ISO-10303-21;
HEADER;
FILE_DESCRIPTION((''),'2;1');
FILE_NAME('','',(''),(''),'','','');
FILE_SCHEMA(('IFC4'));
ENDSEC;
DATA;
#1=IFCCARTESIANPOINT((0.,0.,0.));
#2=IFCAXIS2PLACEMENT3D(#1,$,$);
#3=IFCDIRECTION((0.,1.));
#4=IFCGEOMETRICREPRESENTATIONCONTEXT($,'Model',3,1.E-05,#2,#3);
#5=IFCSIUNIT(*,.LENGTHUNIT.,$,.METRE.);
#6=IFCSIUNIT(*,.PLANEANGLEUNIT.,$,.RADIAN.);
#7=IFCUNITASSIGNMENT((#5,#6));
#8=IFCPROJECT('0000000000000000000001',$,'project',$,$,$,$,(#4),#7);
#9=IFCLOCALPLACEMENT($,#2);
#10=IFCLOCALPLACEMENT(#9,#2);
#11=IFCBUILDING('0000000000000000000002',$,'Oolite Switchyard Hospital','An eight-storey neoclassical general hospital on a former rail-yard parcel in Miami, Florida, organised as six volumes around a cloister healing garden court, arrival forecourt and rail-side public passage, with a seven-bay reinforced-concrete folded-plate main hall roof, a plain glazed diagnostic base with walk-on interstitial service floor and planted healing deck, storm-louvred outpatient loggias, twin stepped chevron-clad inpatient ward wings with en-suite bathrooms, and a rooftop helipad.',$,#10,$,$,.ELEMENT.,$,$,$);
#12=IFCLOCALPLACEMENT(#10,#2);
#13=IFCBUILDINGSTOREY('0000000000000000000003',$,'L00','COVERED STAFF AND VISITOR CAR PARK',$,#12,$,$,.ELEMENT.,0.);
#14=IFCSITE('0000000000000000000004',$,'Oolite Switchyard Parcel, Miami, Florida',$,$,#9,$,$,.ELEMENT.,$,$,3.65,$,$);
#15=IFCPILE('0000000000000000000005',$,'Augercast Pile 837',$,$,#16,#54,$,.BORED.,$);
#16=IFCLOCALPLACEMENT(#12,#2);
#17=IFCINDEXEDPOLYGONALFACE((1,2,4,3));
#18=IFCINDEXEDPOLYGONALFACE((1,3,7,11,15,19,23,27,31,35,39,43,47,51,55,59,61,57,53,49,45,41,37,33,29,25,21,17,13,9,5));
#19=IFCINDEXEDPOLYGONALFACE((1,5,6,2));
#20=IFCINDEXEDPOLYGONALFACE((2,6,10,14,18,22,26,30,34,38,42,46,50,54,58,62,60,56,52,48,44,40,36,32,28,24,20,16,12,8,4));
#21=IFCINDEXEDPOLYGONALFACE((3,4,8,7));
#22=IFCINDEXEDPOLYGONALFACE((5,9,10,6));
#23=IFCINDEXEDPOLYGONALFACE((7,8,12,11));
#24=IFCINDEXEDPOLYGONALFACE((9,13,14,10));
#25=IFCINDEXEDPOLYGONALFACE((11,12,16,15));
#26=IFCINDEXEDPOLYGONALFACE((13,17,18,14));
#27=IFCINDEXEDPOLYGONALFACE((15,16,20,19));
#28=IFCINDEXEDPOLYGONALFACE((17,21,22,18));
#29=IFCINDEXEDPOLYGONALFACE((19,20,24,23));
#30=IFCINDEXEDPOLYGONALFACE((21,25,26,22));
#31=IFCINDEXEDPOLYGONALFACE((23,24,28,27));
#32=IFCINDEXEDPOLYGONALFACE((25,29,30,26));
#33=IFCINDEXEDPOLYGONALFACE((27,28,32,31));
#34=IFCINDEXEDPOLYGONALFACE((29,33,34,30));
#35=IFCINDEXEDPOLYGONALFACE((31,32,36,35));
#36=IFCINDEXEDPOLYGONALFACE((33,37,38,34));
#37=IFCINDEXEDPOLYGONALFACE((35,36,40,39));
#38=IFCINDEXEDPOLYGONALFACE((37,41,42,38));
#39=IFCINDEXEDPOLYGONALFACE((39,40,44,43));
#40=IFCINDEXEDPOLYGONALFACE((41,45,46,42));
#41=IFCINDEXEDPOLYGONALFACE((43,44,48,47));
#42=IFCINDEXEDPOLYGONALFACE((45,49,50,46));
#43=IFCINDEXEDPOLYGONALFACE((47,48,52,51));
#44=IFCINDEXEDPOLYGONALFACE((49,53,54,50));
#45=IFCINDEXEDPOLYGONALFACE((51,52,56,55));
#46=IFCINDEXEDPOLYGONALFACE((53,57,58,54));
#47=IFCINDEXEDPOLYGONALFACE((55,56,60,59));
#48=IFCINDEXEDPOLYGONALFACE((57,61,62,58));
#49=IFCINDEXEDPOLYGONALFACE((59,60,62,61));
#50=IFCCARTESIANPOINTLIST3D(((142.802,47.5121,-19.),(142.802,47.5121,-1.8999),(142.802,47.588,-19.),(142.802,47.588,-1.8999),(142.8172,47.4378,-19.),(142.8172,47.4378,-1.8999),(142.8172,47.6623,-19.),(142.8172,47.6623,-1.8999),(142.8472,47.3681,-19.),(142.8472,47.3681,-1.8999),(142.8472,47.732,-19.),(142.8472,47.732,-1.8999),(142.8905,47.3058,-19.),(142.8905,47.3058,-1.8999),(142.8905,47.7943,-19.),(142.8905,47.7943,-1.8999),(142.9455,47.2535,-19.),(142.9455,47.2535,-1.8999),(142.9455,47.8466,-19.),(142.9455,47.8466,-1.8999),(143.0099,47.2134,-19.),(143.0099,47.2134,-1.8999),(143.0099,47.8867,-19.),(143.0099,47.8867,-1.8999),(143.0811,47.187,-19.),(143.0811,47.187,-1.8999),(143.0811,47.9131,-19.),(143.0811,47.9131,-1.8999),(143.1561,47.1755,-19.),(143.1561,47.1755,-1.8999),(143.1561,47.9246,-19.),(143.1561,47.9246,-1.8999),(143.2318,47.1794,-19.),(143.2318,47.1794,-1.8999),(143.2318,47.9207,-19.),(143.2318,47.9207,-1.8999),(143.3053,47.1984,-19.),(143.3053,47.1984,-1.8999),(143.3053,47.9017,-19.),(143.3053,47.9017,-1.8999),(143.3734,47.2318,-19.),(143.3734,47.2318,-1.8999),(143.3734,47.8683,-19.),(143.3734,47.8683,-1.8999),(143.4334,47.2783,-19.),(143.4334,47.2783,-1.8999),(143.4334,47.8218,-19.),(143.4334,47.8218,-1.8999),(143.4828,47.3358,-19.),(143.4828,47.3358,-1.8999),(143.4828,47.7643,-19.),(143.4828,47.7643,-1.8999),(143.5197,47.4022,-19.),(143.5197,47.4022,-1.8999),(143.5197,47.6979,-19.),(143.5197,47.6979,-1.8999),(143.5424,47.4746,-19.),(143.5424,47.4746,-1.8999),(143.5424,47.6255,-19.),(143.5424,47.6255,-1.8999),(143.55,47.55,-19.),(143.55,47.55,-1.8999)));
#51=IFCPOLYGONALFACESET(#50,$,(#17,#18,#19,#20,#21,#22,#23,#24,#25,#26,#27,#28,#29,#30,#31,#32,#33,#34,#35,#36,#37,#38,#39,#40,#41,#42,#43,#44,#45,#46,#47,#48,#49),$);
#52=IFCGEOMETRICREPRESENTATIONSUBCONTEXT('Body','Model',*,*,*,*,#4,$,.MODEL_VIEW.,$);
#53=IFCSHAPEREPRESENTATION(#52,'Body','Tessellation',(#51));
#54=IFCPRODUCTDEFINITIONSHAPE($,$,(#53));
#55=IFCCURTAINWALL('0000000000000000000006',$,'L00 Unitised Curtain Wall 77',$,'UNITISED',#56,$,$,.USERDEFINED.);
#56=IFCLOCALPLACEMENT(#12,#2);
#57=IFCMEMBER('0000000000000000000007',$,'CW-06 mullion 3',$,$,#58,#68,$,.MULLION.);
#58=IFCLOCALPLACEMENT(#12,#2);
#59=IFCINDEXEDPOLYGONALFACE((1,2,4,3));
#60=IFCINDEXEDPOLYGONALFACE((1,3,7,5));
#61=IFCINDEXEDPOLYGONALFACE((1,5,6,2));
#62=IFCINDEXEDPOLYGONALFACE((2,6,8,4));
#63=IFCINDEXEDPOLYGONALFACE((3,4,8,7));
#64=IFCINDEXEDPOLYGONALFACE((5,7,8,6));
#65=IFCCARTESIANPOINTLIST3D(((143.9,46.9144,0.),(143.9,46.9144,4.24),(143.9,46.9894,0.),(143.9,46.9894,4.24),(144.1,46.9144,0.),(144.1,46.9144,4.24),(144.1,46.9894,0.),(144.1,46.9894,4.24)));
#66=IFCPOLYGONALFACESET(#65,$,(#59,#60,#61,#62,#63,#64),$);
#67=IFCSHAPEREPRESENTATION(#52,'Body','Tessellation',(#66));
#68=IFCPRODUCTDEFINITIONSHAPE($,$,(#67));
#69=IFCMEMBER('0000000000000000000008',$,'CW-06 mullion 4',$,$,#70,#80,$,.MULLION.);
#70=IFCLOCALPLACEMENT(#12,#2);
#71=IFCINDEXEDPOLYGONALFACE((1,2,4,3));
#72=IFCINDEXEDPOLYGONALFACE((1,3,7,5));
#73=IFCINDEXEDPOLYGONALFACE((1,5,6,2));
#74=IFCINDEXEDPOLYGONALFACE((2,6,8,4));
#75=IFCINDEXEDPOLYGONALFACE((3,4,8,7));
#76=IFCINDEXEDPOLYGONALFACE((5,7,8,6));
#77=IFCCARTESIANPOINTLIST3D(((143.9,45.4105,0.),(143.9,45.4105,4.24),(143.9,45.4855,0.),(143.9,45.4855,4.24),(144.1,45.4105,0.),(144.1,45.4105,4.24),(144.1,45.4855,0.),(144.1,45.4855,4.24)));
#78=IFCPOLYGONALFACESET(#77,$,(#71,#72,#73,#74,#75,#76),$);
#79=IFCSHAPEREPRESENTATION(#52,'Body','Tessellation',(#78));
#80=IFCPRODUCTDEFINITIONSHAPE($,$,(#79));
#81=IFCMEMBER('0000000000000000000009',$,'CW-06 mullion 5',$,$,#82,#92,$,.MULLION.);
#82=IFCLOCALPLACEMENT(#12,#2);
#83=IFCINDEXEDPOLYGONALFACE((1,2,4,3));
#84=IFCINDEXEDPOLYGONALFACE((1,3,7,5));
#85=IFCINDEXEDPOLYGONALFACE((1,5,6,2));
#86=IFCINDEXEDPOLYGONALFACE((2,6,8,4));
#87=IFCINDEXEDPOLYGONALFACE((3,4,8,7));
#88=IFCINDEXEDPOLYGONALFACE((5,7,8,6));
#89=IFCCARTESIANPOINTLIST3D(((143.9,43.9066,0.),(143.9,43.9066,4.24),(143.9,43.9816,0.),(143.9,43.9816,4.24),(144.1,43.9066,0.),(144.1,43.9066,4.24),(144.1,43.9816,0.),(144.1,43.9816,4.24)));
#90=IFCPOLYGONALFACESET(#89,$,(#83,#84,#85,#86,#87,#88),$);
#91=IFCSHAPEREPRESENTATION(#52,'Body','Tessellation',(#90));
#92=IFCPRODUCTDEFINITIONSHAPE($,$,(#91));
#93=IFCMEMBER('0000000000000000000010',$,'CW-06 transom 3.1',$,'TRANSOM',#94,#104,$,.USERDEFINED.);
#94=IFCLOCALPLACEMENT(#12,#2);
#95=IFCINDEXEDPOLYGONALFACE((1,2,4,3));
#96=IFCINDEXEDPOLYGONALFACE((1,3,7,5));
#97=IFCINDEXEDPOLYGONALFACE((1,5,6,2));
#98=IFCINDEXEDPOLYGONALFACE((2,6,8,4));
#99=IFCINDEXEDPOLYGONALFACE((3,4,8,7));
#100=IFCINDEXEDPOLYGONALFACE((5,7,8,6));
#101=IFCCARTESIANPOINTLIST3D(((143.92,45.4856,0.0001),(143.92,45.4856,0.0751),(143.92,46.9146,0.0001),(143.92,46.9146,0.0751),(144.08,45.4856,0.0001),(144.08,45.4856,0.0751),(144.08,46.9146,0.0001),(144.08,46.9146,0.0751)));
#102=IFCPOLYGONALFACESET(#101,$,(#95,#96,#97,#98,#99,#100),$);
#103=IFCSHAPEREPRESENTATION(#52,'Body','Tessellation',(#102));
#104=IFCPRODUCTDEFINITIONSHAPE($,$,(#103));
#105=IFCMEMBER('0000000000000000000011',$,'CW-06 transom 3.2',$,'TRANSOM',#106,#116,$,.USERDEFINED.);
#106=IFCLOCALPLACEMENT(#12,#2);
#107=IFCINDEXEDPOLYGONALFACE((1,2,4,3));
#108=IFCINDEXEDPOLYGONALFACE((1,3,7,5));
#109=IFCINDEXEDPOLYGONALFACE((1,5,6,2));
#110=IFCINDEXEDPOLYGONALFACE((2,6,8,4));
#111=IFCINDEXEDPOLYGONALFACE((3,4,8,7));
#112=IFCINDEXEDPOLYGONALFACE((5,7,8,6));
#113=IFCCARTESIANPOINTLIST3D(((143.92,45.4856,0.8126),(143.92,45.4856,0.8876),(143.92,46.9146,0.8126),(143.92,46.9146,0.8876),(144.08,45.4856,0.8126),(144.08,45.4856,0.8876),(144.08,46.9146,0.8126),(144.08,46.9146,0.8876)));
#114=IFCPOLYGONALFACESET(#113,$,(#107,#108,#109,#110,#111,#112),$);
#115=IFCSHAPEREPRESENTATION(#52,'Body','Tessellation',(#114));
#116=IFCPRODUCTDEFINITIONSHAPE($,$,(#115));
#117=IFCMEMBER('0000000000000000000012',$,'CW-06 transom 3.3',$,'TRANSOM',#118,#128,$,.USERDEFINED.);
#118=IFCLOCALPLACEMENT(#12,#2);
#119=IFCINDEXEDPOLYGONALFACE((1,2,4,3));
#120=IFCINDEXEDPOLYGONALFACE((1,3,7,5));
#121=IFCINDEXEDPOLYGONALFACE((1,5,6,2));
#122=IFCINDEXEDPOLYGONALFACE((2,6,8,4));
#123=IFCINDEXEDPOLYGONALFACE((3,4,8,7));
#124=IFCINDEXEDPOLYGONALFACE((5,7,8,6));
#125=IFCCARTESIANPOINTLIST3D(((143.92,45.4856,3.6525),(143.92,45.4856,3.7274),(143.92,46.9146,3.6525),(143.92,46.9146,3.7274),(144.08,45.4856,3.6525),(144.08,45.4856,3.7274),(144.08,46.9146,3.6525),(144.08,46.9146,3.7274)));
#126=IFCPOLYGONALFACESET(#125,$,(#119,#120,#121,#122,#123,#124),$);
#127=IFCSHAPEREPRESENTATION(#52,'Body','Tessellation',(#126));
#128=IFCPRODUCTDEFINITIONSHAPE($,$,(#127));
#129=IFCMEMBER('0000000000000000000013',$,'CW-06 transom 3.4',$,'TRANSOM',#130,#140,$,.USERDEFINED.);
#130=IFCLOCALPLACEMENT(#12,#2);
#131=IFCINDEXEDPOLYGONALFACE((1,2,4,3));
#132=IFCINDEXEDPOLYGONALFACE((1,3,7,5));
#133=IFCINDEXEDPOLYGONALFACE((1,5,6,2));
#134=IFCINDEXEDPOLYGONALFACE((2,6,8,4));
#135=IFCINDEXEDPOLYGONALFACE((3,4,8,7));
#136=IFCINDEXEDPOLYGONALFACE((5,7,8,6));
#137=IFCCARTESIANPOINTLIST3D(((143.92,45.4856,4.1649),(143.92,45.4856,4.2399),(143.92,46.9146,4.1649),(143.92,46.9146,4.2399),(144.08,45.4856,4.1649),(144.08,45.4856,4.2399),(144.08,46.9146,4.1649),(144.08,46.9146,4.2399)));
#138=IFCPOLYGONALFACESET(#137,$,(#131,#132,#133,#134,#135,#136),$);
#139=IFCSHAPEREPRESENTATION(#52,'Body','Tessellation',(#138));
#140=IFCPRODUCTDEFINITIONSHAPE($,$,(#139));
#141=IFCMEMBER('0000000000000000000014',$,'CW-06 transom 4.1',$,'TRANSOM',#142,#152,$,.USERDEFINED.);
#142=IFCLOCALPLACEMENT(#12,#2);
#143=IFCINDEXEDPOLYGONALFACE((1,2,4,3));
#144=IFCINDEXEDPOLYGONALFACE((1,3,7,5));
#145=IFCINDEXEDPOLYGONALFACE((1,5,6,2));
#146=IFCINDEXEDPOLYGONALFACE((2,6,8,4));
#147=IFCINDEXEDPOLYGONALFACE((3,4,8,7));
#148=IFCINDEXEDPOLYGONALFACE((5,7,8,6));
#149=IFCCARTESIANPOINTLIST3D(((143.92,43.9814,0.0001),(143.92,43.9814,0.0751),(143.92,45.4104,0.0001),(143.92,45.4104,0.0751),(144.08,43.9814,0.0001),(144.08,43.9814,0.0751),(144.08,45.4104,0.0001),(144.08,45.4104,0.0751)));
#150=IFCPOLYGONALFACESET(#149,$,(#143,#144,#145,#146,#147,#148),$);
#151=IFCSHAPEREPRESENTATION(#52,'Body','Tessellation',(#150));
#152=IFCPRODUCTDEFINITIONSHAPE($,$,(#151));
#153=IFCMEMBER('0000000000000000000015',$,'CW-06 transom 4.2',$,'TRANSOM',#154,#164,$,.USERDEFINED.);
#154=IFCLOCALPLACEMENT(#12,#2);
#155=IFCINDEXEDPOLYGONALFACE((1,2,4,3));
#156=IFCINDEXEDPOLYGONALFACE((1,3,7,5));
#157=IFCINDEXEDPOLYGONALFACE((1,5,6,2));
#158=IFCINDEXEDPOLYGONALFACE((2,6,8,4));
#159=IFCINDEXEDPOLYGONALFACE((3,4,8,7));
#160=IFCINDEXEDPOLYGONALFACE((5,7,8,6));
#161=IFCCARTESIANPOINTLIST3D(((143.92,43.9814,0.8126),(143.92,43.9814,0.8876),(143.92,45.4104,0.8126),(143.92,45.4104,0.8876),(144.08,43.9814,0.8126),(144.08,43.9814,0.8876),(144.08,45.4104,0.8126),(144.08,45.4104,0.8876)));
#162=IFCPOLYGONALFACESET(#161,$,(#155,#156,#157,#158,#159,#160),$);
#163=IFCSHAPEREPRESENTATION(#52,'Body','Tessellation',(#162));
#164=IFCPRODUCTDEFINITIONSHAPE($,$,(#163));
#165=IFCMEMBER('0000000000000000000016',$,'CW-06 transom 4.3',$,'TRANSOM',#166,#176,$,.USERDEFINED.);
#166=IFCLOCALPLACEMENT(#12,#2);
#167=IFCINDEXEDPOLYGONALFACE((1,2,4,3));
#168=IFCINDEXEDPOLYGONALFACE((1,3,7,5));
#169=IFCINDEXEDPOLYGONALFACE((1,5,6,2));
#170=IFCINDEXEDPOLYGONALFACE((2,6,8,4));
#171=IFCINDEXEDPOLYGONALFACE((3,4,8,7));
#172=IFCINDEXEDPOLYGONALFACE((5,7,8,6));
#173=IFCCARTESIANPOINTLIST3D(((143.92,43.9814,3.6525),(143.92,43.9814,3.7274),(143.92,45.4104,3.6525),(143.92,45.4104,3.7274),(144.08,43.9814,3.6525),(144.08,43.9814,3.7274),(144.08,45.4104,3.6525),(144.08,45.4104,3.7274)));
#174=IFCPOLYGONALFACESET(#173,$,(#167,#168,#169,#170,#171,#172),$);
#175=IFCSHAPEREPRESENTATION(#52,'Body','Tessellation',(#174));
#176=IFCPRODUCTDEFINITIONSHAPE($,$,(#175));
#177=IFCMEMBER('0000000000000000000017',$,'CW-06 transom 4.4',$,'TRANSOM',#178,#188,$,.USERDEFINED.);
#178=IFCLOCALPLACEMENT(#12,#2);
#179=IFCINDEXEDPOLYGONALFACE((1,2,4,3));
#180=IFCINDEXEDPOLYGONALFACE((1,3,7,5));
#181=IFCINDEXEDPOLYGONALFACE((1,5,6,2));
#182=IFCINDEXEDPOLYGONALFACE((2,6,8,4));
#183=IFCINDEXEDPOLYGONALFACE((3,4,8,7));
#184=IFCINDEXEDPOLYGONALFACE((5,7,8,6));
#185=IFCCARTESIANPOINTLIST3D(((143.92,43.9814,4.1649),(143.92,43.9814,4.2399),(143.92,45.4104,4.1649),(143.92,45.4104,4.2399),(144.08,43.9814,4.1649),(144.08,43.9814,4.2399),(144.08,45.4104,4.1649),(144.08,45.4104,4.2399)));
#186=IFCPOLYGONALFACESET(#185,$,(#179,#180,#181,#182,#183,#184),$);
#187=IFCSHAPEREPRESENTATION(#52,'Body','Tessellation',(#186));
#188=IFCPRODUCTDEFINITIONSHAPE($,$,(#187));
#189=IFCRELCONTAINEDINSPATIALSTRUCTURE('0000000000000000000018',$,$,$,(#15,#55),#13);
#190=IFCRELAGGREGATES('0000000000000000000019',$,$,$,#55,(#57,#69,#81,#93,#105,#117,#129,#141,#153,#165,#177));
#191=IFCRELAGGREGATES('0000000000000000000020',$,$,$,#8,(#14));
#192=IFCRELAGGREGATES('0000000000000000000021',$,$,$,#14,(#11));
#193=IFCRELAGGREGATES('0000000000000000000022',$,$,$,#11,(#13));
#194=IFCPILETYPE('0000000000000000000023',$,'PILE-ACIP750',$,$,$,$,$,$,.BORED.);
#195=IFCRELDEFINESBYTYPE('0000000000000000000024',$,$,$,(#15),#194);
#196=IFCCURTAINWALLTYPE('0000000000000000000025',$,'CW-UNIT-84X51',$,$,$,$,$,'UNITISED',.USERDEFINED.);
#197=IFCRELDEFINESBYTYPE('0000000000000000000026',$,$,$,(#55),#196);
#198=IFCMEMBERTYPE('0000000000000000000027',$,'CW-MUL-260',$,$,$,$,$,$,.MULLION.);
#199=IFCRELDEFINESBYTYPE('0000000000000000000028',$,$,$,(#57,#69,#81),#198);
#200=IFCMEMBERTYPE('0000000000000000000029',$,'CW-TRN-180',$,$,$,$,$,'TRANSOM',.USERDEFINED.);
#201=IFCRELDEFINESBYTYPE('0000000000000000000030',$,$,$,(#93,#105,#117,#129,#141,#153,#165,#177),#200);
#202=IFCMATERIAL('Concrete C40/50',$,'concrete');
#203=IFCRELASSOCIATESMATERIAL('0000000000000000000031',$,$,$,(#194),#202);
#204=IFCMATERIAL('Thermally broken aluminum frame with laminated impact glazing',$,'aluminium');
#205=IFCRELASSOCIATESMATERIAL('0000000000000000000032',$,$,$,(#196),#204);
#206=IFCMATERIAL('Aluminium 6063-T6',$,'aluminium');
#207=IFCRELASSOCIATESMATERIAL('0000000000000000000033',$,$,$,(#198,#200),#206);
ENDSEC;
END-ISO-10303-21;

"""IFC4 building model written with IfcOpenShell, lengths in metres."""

from ifc_helpers import new_model, si_unit, direction, frame, origin, origin_2d, place, context, subcontext, project, spatial, rectangle, circle, extrude, material, material_profile, profile_set, type_object, element, aggregate, save


model = new_model("IFC4")

# Units and contexts
model_context = context("Model", 3, precision=1e-05, world=origin(), true_north=direction((0.0, 1.0)))
body_context = subcontext(model_context, "Body", "Model", "MODEL_VIEW")
ifc_project = project(units=[si_unit("LENGTHUNIT", "METRE"), si_unit("PLANEANGLEUNIT", "RADIAN")], contexts=[model_context])

# Site, building, storey
site_placement = place(None, origin())
site = spatial("IfcSite", under=ifc_project, at=site_placement, Name="Oolite Switchyard Parcel, Miami, Florida", CompositionType="ELEMENT", RefElevation=3.65)
building_placement = place(site_placement, origin())
building = spatial("IfcBuilding", under=site, at=building_placement, Name="Oolite Switchyard Hospital", Description="An eight-storey neoclassical general hospital on a former rail-yard parcel in Miami, Florida, organised as six volumes around a cloister healing garden court, arrival forecourt and rail-side public passage, with a seven-bay reinforced-concrete folded-plate main hall roof, a plain glazed diagnostic base with walk-on interstitial service floor and planted healing deck, storm-louvred outpatient loggias, twin stepped chevron-clad inpatient ward wings with en-suite bathrooms, and a rooftop helipad.", CompositionType="ELEMENT")
storey_placement = place(building_placement, origin())
storey = spatial("IfcBuildingStorey", under=building, at=storey_placement, Name="L00", Description="COVERED STAFF AND VISITOR CAR PARK", CompositionType="ELEMENT", Elevation=0.0)

# Pile
ifc_material_1 = material(Name="Concrete C40/50", Category="concrete")
ifc_material_profile_1 = material_profile(ifc_material_1, circle(Radius=0.375, at=origin_2d()), Name="PILE750")
ifc_profile_set_1 = profile_set([ifc_material_profile_1], Name="Concrete C40/50")
pile_type = type_object("IfcPileType", Name="PILE-ACIP750", PredefinedType="BORED", material=ifc_profile_set_1)
pile_placement = place(storey_placement, frame((143.175, 47.55, -1.8999), z_axis=(0.0, 0.0, -1.0), x_axis=(1.0, 0.0, 0.0)))
element("IfcPile", 1, at=pile_placement, inside=storey, type_object=pile_type, Name="Augercast Pile 837", PredefinedType="BORED", context=body_context, shape_type="SweptSolid", body=[
    extrude(circle(Radius=0.375, at=origin_2d()), origin(), (0.0, 0.0, 1.0), 17.1001),
])

# Curtain wall, members
ifc_material_2 = material(Name="Thermally broken aluminum frame with laminated impact glazing", Category="aluminium")
curtain_wall_type = type_object("IfcCurtainWallType", Name="CW-UNIT-84X51", ElementType="UNITISED", PredefinedType="USERDEFINED", material=ifc_material_2)
curtain_wall_placement = place(storey_placement, origin())
curtain_wall = element("IfcCurtainWall", 2, at=curtain_wall_placement, inside=storey, type_object=curtain_wall_type, Name="L00 Unitised Curtain Wall 77", ObjectType="UNITISED", PredefinedType="USERDEFINED")
ifc_material_3 = material(Name="Aluminium 6063-T6", Category="aluminium")
ifc_material_profile_2 = material_profile(ifc_material_3, rectangle(XDim=0.2, YDim=0.075, at=origin_2d()), Name="CWM75X200")
ifc_profile_set_2 = profile_set([ifc_material_profile_2], Name="Aluminium 6063-T6")
member_type_1 = type_object("IfcMemberType", Name="CW-MUL-260", PredefinedType="MULLION", material=ifc_profile_set_2)
member_1_placement = place(storey_placement, frame((144.0, 46.9519, 0.0), z_axis=(0.0, 0.0, 1.0), x_axis=(1.0, 0.0, 0.0)))
member_1 = element("IfcMember", 3, at=member_1_placement, type_object=member_type_1, Name="CW-06 mullion 3", PredefinedType="MULLION", context=body_context, shape_type="SweptSolid", body=[
    extrude(rectangle(XDim=0.2, YDim=0.075, at=origin_2d()), origin(), (0.0, 0.0, 1.0), 4.24),
])
member_2_placement = place(storey_placement, frame((144.0, 45.448, 0.0), z_axis=(0.0, 0.0, 1.0), x_axis=(1.0, 0.0, 0.0)))
member_2 = element("IfcMember", 4, at=member_2_placement, type_object=member_type_1, Name="CW-06 mullion 4", PredefinedType="MULLION", context=body_context, shape_type="SweptSolid", body=[
    extrude(rectangle(XDim=0.2, YDim=0.075, at=origin_2d()), origin(), (0.0, 0.0, 1.0), 4.24),
])
member_3_placement = place(storey_placement, frame((144.0, 43.9441, 0.0), z_axis=(0.0, 0.0, 1.0), x_axis=(1.0, 0.0, 0.0)))
member_3 = element("IfcMember", 5, at=member_3_placement, type_object=member_type_1, Name="CW-06 mullion 5", PredefinedType="MULLION", context=body_context, shape_type="SweptSolid", body=[
    extrude(rectangle(XDim=0.2, YDim=0.075, at=origin_2d()), origin(), (0.0, 0.0, 1.0), 4.24),
])
ifc_material_profile_3 = material_profile(ifc_material_3, rectangle(XDim=0.1599, YDim=0.075, at=origin_2d()), Name="CWT75X160")
ifc_profile_set_3 = profile_set([ifc_material_profile_3], Name="Aluminium 6063-T6")
member_type_2 = type_object("IfcMemberType", Name="CW-TRN-180", ElementType="TRANSOM", PredefinedType="USERDEFINED", material=ifc_profile_set_3)
member_4_placement = place(storey_placement, frame((144.0, 46.9146, 0.0376), z_axis=(0.0, -1.0, 0.0), x_axis=(1.0, 0.0, 0.0)))
member_4 = element("IfcMember", 6, at=member_4_placement, type_object=member_type_2, Name="CW-06 transom 3.1", ObjectType="TRANSOM", PredefinedType="USERDEFINED", context=body_context, shape_type="SweptSolid", body=[
    extrude(rectangle(XDim=0.1599, YDim=0.075, at=origin_2d()), origin(), (0.0, 0.0, 1.0), 1.429),
])
member_5_placement = place(storey_placement, frame((144.0, 46.9146, 0.8501), z_axis=(0.0, -1.0, 0.0), x_axis=(1.0, 0.0, 0.0)))
member_5 = element("IfcMember", 7, at=member_5_placement, type_object=member_type_2, Name="CW-06 transom 3.2", ObjectType="TRANSOM", PredefinedType="USERDEFINED", context=body_context, shape_type="SweptSolid", body=[
    extrude(rectangle(XDim=0.1599, YDim=0.075, at=origin_2d()), origin(), (0.0, 0.0, 1.0), 1.429),
])
member_6_placement = place(storey_placement, frame((144.0, 46.9146, 3.6899), z_axis=(0.0, -1.0, 0.0), x_axis=(1.0, 0.0, 0.0)))
member_6 = element("IfcMember", 8, at=member_6_placement, type_object=member_type_2, Name="CW-06 transom 3.3", ObjectType="TRANSOM", PredefinedType="USERDEFINED", context=body_context, shape_type="SweptSolid", body=[
    extrude(rectangle(XDim=0.1599, YDim=0.075, at=origin_2d()), origin(), (0.0, 0.0, 1.0), 1.429),
])
member_7_placement = place(storey_placement, frame((144.0, 46.9146, 4.2024), z_axis=(0.0, -1.0, 0.0), x_axis=(1.0, 0.0, 0.0)))
member_7 = element("IfcMember", 9, at=member_7_placement, type_object=member_type_2, Name="CW-06 transom 3.4", ObjectType="TRANSOM", PredefinedType="USERDEFINED", context=body_context, shape_type="SweptSolid", body=[
    extrude(rectangle(XDim=0.1599, YDim=0.075, at=origin_2d()), origin(), (0.0, 0.0, 1.0), 1.429),
])
member_8_placement = place(storey_placement, frame((144.0, 45.4104, 0.0376), z_axis=(0.0, -1.0, 0.0), x_axis=(1.0, 0.0, 0.0)))
member_8 = element("IfcMember", 10, at=member_8_placement, type_object=member_type_2, Name="CW-06 transom 4.1", ObjectType="TRANSOM", PredefinedType="USERDEFINED", context=body_context, shape_type="SweptSolid", body=[
    extrude(rectangle(XDim=0.1599, YDim=0.075, at=origin_2d()), origin(), (0.0, 0.0, 1.0), 1.429),
])
member_9_placement = place(storey_placement, frame((144.0, 45.4104, 0.8501), z_axis=(0.0, -1.0, 0.0), x_axis=(1.0, 0.0, 0.0)))
member_9 = element("IfcMember", 11, at=member_9_placement, type_object=member_type_2, Name="CW-06 transom 4.2", ObjectType="TRANSOM", PredefinedType="USERDEFINED", context=body_context, shape_type="SweptSolid", body=[
    extrude(rectangle(XDim=0.1599, YDim=0.075, at=origin_2d()), origin(), (0.0, 0.0, 1.0), 1.429),
])
member_10_placement = place(storey_placement, frame((144.0, 45.4104, 3.6899), z_axis=(0.0, -1.0, 0.0), x_axis=(1.0, 0.0, 0.0)))
member_10 = element("IfcMember", 12, at=member_10_placement, type_object=member_type_2, Name="CW-06 transom 4.3", ObjectType="TRANSOM", PredefinedType="USERDEFINED", context=body_context, shape_type="SweptSolid", body=[
    extrude(rectangle(XDim=0.1599, YDim=0.075, at=origin_2d()), origin(), (0.0, 0.0, 1.0), 1.429),
])
member_11_placement = place(storey_placement, frame((144.0, 45.4104, 4.2024), z_axis=(0.0, -1.0, 0.0), x_axis=(1.0, 0.0, 0.0)))
member_11 = element("IfcMember", 13, at=member_11_placement, type_object=member_type_2, Name="CW-06 transom 4.4", ObjectType="TRANSOM", PredefinedType="USERDEFINED", context=body_context, shape_type="SweptSolid", body=[
    extrude(rectangle(XDim=0.1599, YDim=0.075, at=origin_2d()), origin(), (0.0, 0.0, 1.0), 1.429),
])
aggregate(curtain_wall, [member_1, member_2, member_3, member_4, member_5, member_6, member_7, member_8, member_9, member_10, member_11])

save(model, "model.ifc")
